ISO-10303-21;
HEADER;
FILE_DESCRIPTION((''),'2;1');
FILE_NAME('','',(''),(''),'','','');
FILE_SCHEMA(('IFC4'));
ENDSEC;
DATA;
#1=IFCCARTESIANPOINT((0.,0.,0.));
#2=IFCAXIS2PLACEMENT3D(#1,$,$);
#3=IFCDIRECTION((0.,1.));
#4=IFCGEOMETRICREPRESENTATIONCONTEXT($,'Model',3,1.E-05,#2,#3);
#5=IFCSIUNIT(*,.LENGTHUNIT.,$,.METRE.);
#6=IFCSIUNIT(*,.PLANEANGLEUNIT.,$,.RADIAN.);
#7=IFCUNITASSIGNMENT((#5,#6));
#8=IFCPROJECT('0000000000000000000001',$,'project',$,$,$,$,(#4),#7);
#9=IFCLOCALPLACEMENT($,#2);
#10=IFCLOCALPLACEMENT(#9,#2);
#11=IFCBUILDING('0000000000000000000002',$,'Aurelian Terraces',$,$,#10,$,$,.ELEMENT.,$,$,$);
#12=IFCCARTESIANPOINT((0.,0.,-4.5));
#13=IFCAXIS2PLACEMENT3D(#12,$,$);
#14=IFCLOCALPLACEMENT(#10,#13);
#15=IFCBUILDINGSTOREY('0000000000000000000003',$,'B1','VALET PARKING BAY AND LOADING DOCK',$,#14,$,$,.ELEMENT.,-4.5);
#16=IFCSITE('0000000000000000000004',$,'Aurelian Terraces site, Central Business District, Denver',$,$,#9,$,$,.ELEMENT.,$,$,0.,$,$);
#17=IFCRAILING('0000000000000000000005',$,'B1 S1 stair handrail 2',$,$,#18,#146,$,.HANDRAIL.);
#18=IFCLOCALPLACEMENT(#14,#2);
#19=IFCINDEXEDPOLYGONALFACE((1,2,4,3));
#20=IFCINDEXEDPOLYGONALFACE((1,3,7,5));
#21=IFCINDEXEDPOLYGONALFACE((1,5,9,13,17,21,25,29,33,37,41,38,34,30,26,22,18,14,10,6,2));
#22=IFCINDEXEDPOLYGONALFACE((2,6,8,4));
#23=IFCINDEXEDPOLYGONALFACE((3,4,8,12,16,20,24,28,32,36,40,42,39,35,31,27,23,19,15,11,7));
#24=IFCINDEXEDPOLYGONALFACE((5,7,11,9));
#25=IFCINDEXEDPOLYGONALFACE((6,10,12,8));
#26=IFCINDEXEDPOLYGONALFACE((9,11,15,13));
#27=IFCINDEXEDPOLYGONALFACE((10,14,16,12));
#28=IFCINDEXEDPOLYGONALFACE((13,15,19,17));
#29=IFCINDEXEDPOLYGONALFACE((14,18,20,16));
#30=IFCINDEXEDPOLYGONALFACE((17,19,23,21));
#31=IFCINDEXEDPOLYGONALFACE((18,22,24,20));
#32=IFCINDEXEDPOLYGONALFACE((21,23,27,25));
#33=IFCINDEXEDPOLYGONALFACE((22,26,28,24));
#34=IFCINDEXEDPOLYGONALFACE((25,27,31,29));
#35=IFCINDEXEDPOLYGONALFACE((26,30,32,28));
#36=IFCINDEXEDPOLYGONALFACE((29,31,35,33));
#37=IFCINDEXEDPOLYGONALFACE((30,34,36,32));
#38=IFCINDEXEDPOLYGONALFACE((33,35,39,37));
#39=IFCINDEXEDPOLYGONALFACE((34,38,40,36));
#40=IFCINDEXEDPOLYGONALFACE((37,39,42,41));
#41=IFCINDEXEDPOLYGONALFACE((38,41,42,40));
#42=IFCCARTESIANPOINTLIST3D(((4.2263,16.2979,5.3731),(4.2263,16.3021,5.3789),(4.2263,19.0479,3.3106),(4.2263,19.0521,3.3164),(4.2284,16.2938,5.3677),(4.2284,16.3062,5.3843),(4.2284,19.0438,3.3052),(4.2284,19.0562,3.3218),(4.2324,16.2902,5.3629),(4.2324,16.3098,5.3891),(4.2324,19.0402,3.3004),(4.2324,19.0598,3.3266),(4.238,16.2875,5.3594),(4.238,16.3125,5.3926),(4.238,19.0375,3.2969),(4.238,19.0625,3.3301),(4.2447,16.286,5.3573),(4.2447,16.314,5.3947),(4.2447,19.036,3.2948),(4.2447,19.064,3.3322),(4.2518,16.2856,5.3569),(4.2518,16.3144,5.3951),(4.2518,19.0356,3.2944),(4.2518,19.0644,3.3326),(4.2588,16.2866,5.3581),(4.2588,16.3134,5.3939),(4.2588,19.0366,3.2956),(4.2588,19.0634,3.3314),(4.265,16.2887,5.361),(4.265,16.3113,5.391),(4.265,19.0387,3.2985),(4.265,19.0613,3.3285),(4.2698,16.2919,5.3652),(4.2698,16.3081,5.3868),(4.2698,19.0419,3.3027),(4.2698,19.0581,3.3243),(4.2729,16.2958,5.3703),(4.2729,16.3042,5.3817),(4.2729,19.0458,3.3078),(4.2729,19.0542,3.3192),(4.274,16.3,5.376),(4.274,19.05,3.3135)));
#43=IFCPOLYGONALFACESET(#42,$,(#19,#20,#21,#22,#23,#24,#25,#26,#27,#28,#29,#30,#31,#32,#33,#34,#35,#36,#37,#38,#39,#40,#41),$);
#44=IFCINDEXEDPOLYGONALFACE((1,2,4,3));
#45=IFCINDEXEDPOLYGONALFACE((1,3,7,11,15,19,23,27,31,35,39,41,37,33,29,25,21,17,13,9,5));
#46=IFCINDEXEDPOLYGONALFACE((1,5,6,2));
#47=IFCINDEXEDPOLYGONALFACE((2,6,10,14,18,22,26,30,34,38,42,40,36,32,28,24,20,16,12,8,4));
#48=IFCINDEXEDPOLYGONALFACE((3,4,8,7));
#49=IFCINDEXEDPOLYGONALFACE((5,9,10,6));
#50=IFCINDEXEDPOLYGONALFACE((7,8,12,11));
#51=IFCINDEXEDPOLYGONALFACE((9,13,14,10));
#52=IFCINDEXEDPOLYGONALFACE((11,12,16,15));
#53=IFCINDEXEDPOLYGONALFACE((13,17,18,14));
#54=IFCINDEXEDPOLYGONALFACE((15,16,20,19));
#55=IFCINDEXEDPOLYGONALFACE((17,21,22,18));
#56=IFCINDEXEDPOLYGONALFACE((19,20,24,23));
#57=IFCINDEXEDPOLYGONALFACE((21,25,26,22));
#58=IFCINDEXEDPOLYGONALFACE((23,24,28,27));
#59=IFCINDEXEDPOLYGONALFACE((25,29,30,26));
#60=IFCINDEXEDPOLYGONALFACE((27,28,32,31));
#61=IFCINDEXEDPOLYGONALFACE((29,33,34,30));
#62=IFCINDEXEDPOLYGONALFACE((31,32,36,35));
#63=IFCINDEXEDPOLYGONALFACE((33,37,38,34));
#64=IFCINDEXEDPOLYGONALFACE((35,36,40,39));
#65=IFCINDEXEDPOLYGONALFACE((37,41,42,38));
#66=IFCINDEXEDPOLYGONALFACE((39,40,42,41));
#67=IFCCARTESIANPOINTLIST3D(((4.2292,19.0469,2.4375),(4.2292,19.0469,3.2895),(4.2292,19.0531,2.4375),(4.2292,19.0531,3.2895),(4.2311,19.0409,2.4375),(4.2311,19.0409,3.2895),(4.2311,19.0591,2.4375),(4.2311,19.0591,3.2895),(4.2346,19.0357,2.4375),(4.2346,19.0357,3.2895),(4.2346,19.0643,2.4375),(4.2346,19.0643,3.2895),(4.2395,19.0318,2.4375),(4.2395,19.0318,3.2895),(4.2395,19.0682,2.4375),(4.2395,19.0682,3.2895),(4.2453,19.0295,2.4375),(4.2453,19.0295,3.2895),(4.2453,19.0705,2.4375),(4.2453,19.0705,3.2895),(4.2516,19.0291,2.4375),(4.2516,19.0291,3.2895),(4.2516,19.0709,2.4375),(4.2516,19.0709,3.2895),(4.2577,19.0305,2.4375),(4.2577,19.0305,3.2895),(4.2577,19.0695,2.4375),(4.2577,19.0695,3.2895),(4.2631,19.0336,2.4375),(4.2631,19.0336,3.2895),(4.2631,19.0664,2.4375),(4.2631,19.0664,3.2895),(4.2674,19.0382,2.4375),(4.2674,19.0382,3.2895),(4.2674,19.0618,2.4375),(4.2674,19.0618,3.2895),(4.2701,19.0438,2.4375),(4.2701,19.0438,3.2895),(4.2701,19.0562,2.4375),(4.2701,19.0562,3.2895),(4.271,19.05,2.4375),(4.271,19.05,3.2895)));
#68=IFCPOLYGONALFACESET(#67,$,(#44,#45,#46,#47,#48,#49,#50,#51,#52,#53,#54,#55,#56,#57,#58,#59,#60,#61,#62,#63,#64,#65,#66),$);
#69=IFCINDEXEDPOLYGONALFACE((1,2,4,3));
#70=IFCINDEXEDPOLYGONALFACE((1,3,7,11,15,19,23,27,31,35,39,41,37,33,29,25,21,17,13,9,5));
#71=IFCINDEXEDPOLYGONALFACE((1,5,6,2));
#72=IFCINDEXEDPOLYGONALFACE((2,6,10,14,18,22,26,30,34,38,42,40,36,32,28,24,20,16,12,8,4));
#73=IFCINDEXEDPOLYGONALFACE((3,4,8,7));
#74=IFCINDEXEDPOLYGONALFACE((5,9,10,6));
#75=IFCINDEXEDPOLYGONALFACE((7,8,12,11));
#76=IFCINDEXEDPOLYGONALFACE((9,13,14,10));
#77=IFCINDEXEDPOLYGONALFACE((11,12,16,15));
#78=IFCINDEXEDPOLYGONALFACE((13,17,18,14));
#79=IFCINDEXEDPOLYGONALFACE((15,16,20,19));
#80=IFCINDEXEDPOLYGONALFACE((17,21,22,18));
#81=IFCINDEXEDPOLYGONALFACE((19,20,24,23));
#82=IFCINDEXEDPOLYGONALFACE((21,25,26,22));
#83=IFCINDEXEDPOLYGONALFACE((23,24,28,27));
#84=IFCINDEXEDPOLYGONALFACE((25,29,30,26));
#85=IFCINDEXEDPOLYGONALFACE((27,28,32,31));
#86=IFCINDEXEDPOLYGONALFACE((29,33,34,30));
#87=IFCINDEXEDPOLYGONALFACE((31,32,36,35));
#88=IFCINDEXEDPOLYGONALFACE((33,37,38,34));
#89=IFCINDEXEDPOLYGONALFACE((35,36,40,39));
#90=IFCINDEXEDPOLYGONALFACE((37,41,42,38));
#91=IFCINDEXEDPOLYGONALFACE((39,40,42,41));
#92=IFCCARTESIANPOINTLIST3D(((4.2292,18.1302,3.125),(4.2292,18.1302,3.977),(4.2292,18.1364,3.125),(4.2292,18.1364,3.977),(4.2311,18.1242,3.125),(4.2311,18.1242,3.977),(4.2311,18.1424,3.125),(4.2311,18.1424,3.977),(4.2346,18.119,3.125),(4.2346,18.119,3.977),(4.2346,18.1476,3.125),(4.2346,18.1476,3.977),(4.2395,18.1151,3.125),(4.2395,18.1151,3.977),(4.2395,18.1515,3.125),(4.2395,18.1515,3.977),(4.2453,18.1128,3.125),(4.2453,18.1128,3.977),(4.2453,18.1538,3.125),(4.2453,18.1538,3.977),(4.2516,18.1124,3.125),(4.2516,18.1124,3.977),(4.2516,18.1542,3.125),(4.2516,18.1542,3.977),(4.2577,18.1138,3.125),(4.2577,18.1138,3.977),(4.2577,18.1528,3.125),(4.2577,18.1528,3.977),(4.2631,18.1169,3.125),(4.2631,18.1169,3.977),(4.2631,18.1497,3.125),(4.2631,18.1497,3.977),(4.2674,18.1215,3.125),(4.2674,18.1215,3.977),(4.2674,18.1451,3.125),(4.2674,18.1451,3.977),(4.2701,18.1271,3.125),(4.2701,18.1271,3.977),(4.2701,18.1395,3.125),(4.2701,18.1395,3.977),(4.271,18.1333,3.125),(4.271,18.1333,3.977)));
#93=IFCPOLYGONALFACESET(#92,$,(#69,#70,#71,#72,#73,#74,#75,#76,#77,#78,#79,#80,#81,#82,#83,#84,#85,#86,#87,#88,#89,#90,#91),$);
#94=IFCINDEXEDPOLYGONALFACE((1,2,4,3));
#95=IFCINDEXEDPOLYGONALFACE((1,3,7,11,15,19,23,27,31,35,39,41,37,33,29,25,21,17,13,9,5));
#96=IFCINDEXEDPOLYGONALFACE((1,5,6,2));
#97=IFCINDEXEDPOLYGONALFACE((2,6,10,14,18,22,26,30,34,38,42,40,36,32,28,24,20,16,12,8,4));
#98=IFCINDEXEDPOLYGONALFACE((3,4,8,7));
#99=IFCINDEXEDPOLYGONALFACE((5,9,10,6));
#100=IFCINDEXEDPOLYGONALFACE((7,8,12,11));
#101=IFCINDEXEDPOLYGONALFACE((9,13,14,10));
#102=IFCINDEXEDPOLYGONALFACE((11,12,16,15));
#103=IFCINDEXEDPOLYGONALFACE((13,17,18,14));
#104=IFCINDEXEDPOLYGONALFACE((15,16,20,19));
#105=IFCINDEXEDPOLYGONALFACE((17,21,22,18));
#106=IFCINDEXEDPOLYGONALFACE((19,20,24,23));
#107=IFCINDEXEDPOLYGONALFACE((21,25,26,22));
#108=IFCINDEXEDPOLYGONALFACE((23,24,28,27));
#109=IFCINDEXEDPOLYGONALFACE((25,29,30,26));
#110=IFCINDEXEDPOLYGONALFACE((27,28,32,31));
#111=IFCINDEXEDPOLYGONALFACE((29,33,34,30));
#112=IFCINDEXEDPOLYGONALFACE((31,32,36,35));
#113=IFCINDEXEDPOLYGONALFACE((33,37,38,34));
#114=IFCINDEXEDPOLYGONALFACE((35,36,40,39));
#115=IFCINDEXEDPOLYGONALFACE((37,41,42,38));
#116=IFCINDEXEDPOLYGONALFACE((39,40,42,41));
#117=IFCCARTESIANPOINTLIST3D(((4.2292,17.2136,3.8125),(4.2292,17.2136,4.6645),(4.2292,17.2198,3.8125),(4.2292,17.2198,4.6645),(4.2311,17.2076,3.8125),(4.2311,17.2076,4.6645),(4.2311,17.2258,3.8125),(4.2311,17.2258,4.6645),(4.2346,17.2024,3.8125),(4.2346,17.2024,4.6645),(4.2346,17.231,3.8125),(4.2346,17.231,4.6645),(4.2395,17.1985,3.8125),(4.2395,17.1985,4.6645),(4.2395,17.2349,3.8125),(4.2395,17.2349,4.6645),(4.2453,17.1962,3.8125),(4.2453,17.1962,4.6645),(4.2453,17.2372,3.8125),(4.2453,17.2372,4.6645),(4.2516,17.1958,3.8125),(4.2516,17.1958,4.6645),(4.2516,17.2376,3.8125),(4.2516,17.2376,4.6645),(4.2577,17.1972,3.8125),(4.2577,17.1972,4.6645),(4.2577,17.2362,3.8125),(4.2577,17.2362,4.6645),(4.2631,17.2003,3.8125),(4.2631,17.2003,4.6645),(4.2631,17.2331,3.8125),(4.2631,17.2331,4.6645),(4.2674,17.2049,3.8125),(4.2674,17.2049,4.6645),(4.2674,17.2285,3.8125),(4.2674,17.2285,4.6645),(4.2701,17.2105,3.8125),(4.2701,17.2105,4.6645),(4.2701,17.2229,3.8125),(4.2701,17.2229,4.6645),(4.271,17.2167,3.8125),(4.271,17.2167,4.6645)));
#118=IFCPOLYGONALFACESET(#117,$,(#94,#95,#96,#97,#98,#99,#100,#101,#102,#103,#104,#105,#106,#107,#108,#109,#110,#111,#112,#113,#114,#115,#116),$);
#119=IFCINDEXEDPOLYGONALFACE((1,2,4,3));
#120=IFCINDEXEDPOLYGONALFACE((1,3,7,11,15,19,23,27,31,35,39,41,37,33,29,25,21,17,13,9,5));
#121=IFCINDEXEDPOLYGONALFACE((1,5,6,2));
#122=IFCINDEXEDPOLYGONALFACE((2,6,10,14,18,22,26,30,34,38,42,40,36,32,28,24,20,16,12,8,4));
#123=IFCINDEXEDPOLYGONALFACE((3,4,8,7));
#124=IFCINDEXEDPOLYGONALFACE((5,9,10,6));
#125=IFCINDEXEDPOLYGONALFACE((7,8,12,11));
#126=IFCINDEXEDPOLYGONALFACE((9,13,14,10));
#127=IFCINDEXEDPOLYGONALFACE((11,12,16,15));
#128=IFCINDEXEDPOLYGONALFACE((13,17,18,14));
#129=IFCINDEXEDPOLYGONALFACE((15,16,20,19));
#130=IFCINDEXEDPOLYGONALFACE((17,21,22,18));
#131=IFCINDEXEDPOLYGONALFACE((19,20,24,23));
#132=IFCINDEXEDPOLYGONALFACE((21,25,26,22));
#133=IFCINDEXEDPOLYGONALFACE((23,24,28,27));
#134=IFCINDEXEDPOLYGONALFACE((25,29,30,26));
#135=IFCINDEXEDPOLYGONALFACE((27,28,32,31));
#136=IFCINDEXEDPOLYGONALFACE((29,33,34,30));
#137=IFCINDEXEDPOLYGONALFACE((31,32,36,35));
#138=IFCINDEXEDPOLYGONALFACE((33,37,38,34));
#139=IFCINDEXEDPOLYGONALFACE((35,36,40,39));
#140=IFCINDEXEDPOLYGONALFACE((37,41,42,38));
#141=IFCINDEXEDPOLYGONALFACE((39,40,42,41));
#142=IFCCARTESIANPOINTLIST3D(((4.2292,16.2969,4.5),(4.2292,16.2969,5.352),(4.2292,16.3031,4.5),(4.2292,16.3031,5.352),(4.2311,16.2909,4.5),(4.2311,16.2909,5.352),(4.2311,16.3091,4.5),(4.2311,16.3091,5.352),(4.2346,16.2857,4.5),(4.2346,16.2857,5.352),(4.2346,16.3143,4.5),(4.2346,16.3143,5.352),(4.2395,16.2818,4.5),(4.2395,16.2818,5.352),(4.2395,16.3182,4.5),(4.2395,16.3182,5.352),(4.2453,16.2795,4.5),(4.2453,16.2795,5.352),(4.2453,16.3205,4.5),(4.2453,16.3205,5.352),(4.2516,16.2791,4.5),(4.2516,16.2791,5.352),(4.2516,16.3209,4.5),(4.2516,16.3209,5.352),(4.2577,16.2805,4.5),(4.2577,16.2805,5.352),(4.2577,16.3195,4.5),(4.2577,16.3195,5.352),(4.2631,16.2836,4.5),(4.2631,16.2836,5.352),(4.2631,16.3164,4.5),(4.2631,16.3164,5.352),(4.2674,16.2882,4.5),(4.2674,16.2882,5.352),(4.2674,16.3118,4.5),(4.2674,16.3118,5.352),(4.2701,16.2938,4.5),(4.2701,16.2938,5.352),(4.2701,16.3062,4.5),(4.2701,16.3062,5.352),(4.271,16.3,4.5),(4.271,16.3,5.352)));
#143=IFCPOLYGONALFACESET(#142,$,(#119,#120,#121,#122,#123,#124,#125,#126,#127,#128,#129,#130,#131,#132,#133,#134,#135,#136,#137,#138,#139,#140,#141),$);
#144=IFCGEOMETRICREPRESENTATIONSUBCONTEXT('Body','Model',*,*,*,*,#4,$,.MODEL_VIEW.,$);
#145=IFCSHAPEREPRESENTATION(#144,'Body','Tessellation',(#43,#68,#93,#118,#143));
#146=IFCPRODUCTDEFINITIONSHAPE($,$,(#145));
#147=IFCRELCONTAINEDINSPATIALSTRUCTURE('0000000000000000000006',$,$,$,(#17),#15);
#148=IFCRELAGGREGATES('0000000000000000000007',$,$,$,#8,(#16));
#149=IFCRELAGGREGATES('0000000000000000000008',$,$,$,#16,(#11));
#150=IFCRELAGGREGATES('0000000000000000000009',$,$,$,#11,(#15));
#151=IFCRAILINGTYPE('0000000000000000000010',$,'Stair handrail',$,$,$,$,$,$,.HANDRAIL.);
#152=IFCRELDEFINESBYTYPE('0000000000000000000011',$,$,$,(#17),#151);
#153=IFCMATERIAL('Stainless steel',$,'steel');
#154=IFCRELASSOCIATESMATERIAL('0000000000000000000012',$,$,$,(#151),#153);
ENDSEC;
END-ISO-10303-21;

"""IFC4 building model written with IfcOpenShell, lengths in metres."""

from ifc_helpers import new_model, si_unit, direction, frame, origin, origin_2d, place, context, subcontext, project, spatial, circle, extrude, source, transform, mapped, material, type_object, element, save


model = new_model("IFC4")

# Units and contexts
model_context = context("Model", 3, precision=1e-05, world=origin(), true_north=direction((0.0, 1.0)))
body_context = subcontext(model_context, "Body", "Model", "MODEL_VIEW")
ifc_project = project(units=[si_unit("LENGTHUNIT", "METRE"), si_unit("PLANEANGLEUNIT", "RADIAN")], contexts=[model_context])

# Site, building, storey
site_placement = place(None, origin())
site = spatial("IfcSite", under=ifc_project, at=site_placement, Name="Aurelian Terraces site, Central Business District, Denver", CompositionType="ELEMENT", RefElevation=0.0)
building_placement = place(site_placement, origin())
building = spatial("IfcBuilding", under=site, at=building_placement, Name="Aurelian Terraces", CompositionType="ELEMENT")
storey_placement = place(building_placement, frame((0.0, 0.0, -4.5)))
storey = spatial("IfcBuildingStorey", under=building, at=storey_placement, Name="B1", Description="VALET PARKING BAY AND LOADING DOCK", CompositionType="ELEMENT", Elevation=-4.5)

# Shared definitions
ifc_material_1 = material(Name="Stainless steel", Category="steel")

# Railing
railing_type_1 = type_object("IfcRailingType", Name="Stair handrail", PredefinedType="HANDRAIL", material=ifc_material_1)
shared_shape_1 = source(origin(), body_context, "Body", "SweptSolid", [
    extrude(circle(Radius=0.024, at=origin_2d()), frame((0.0, 0.0, 0.876), z_axis=(0.0, -0.8, 0.6), x_axis=(1.0, 0.0, 0.0)), (0.0, 0.0, 1.0), 3.4375),
    extrude(circle(Radius=0.021, at=origin_2d()), origin(), (0.0, 0.0, 1.0), 0.852),
    extrude(circle(Radius=0.021, at=origin_2d()), frame((0.0, -0.9167, 0.6875)), (0.0, 0.0, 1.0), 0.852),
    extrude(circle(Radius=0.021, at=origin_2d()), frame((0.0, -1.8333, 1.375)), (0.0, 0.0, 1.0), 0.852),
    extrude(circle(Radius=0.021, at=origin_2d()), frame((0.0, -2.75, 2.0625)), (0.0, 0.0, 1.0), 0.852),
])
railing_1_placement = place(storey_placement, frame((4.25, 19.05, 2.4375)))
element("IfcRailing", 1, at=railing_1_placement, inside=storey, type_object=railing_type_1, Name="B1 S1 stair handrail 2", PredefinedType="HANDRAIL", context=body_context, shape_type="MappedRepresentation", body=[
    mapped(shared_shape_1, transform((0.0, 0.0, 0.0), scale=1.0)),
])

save(model, "model.ifc")
